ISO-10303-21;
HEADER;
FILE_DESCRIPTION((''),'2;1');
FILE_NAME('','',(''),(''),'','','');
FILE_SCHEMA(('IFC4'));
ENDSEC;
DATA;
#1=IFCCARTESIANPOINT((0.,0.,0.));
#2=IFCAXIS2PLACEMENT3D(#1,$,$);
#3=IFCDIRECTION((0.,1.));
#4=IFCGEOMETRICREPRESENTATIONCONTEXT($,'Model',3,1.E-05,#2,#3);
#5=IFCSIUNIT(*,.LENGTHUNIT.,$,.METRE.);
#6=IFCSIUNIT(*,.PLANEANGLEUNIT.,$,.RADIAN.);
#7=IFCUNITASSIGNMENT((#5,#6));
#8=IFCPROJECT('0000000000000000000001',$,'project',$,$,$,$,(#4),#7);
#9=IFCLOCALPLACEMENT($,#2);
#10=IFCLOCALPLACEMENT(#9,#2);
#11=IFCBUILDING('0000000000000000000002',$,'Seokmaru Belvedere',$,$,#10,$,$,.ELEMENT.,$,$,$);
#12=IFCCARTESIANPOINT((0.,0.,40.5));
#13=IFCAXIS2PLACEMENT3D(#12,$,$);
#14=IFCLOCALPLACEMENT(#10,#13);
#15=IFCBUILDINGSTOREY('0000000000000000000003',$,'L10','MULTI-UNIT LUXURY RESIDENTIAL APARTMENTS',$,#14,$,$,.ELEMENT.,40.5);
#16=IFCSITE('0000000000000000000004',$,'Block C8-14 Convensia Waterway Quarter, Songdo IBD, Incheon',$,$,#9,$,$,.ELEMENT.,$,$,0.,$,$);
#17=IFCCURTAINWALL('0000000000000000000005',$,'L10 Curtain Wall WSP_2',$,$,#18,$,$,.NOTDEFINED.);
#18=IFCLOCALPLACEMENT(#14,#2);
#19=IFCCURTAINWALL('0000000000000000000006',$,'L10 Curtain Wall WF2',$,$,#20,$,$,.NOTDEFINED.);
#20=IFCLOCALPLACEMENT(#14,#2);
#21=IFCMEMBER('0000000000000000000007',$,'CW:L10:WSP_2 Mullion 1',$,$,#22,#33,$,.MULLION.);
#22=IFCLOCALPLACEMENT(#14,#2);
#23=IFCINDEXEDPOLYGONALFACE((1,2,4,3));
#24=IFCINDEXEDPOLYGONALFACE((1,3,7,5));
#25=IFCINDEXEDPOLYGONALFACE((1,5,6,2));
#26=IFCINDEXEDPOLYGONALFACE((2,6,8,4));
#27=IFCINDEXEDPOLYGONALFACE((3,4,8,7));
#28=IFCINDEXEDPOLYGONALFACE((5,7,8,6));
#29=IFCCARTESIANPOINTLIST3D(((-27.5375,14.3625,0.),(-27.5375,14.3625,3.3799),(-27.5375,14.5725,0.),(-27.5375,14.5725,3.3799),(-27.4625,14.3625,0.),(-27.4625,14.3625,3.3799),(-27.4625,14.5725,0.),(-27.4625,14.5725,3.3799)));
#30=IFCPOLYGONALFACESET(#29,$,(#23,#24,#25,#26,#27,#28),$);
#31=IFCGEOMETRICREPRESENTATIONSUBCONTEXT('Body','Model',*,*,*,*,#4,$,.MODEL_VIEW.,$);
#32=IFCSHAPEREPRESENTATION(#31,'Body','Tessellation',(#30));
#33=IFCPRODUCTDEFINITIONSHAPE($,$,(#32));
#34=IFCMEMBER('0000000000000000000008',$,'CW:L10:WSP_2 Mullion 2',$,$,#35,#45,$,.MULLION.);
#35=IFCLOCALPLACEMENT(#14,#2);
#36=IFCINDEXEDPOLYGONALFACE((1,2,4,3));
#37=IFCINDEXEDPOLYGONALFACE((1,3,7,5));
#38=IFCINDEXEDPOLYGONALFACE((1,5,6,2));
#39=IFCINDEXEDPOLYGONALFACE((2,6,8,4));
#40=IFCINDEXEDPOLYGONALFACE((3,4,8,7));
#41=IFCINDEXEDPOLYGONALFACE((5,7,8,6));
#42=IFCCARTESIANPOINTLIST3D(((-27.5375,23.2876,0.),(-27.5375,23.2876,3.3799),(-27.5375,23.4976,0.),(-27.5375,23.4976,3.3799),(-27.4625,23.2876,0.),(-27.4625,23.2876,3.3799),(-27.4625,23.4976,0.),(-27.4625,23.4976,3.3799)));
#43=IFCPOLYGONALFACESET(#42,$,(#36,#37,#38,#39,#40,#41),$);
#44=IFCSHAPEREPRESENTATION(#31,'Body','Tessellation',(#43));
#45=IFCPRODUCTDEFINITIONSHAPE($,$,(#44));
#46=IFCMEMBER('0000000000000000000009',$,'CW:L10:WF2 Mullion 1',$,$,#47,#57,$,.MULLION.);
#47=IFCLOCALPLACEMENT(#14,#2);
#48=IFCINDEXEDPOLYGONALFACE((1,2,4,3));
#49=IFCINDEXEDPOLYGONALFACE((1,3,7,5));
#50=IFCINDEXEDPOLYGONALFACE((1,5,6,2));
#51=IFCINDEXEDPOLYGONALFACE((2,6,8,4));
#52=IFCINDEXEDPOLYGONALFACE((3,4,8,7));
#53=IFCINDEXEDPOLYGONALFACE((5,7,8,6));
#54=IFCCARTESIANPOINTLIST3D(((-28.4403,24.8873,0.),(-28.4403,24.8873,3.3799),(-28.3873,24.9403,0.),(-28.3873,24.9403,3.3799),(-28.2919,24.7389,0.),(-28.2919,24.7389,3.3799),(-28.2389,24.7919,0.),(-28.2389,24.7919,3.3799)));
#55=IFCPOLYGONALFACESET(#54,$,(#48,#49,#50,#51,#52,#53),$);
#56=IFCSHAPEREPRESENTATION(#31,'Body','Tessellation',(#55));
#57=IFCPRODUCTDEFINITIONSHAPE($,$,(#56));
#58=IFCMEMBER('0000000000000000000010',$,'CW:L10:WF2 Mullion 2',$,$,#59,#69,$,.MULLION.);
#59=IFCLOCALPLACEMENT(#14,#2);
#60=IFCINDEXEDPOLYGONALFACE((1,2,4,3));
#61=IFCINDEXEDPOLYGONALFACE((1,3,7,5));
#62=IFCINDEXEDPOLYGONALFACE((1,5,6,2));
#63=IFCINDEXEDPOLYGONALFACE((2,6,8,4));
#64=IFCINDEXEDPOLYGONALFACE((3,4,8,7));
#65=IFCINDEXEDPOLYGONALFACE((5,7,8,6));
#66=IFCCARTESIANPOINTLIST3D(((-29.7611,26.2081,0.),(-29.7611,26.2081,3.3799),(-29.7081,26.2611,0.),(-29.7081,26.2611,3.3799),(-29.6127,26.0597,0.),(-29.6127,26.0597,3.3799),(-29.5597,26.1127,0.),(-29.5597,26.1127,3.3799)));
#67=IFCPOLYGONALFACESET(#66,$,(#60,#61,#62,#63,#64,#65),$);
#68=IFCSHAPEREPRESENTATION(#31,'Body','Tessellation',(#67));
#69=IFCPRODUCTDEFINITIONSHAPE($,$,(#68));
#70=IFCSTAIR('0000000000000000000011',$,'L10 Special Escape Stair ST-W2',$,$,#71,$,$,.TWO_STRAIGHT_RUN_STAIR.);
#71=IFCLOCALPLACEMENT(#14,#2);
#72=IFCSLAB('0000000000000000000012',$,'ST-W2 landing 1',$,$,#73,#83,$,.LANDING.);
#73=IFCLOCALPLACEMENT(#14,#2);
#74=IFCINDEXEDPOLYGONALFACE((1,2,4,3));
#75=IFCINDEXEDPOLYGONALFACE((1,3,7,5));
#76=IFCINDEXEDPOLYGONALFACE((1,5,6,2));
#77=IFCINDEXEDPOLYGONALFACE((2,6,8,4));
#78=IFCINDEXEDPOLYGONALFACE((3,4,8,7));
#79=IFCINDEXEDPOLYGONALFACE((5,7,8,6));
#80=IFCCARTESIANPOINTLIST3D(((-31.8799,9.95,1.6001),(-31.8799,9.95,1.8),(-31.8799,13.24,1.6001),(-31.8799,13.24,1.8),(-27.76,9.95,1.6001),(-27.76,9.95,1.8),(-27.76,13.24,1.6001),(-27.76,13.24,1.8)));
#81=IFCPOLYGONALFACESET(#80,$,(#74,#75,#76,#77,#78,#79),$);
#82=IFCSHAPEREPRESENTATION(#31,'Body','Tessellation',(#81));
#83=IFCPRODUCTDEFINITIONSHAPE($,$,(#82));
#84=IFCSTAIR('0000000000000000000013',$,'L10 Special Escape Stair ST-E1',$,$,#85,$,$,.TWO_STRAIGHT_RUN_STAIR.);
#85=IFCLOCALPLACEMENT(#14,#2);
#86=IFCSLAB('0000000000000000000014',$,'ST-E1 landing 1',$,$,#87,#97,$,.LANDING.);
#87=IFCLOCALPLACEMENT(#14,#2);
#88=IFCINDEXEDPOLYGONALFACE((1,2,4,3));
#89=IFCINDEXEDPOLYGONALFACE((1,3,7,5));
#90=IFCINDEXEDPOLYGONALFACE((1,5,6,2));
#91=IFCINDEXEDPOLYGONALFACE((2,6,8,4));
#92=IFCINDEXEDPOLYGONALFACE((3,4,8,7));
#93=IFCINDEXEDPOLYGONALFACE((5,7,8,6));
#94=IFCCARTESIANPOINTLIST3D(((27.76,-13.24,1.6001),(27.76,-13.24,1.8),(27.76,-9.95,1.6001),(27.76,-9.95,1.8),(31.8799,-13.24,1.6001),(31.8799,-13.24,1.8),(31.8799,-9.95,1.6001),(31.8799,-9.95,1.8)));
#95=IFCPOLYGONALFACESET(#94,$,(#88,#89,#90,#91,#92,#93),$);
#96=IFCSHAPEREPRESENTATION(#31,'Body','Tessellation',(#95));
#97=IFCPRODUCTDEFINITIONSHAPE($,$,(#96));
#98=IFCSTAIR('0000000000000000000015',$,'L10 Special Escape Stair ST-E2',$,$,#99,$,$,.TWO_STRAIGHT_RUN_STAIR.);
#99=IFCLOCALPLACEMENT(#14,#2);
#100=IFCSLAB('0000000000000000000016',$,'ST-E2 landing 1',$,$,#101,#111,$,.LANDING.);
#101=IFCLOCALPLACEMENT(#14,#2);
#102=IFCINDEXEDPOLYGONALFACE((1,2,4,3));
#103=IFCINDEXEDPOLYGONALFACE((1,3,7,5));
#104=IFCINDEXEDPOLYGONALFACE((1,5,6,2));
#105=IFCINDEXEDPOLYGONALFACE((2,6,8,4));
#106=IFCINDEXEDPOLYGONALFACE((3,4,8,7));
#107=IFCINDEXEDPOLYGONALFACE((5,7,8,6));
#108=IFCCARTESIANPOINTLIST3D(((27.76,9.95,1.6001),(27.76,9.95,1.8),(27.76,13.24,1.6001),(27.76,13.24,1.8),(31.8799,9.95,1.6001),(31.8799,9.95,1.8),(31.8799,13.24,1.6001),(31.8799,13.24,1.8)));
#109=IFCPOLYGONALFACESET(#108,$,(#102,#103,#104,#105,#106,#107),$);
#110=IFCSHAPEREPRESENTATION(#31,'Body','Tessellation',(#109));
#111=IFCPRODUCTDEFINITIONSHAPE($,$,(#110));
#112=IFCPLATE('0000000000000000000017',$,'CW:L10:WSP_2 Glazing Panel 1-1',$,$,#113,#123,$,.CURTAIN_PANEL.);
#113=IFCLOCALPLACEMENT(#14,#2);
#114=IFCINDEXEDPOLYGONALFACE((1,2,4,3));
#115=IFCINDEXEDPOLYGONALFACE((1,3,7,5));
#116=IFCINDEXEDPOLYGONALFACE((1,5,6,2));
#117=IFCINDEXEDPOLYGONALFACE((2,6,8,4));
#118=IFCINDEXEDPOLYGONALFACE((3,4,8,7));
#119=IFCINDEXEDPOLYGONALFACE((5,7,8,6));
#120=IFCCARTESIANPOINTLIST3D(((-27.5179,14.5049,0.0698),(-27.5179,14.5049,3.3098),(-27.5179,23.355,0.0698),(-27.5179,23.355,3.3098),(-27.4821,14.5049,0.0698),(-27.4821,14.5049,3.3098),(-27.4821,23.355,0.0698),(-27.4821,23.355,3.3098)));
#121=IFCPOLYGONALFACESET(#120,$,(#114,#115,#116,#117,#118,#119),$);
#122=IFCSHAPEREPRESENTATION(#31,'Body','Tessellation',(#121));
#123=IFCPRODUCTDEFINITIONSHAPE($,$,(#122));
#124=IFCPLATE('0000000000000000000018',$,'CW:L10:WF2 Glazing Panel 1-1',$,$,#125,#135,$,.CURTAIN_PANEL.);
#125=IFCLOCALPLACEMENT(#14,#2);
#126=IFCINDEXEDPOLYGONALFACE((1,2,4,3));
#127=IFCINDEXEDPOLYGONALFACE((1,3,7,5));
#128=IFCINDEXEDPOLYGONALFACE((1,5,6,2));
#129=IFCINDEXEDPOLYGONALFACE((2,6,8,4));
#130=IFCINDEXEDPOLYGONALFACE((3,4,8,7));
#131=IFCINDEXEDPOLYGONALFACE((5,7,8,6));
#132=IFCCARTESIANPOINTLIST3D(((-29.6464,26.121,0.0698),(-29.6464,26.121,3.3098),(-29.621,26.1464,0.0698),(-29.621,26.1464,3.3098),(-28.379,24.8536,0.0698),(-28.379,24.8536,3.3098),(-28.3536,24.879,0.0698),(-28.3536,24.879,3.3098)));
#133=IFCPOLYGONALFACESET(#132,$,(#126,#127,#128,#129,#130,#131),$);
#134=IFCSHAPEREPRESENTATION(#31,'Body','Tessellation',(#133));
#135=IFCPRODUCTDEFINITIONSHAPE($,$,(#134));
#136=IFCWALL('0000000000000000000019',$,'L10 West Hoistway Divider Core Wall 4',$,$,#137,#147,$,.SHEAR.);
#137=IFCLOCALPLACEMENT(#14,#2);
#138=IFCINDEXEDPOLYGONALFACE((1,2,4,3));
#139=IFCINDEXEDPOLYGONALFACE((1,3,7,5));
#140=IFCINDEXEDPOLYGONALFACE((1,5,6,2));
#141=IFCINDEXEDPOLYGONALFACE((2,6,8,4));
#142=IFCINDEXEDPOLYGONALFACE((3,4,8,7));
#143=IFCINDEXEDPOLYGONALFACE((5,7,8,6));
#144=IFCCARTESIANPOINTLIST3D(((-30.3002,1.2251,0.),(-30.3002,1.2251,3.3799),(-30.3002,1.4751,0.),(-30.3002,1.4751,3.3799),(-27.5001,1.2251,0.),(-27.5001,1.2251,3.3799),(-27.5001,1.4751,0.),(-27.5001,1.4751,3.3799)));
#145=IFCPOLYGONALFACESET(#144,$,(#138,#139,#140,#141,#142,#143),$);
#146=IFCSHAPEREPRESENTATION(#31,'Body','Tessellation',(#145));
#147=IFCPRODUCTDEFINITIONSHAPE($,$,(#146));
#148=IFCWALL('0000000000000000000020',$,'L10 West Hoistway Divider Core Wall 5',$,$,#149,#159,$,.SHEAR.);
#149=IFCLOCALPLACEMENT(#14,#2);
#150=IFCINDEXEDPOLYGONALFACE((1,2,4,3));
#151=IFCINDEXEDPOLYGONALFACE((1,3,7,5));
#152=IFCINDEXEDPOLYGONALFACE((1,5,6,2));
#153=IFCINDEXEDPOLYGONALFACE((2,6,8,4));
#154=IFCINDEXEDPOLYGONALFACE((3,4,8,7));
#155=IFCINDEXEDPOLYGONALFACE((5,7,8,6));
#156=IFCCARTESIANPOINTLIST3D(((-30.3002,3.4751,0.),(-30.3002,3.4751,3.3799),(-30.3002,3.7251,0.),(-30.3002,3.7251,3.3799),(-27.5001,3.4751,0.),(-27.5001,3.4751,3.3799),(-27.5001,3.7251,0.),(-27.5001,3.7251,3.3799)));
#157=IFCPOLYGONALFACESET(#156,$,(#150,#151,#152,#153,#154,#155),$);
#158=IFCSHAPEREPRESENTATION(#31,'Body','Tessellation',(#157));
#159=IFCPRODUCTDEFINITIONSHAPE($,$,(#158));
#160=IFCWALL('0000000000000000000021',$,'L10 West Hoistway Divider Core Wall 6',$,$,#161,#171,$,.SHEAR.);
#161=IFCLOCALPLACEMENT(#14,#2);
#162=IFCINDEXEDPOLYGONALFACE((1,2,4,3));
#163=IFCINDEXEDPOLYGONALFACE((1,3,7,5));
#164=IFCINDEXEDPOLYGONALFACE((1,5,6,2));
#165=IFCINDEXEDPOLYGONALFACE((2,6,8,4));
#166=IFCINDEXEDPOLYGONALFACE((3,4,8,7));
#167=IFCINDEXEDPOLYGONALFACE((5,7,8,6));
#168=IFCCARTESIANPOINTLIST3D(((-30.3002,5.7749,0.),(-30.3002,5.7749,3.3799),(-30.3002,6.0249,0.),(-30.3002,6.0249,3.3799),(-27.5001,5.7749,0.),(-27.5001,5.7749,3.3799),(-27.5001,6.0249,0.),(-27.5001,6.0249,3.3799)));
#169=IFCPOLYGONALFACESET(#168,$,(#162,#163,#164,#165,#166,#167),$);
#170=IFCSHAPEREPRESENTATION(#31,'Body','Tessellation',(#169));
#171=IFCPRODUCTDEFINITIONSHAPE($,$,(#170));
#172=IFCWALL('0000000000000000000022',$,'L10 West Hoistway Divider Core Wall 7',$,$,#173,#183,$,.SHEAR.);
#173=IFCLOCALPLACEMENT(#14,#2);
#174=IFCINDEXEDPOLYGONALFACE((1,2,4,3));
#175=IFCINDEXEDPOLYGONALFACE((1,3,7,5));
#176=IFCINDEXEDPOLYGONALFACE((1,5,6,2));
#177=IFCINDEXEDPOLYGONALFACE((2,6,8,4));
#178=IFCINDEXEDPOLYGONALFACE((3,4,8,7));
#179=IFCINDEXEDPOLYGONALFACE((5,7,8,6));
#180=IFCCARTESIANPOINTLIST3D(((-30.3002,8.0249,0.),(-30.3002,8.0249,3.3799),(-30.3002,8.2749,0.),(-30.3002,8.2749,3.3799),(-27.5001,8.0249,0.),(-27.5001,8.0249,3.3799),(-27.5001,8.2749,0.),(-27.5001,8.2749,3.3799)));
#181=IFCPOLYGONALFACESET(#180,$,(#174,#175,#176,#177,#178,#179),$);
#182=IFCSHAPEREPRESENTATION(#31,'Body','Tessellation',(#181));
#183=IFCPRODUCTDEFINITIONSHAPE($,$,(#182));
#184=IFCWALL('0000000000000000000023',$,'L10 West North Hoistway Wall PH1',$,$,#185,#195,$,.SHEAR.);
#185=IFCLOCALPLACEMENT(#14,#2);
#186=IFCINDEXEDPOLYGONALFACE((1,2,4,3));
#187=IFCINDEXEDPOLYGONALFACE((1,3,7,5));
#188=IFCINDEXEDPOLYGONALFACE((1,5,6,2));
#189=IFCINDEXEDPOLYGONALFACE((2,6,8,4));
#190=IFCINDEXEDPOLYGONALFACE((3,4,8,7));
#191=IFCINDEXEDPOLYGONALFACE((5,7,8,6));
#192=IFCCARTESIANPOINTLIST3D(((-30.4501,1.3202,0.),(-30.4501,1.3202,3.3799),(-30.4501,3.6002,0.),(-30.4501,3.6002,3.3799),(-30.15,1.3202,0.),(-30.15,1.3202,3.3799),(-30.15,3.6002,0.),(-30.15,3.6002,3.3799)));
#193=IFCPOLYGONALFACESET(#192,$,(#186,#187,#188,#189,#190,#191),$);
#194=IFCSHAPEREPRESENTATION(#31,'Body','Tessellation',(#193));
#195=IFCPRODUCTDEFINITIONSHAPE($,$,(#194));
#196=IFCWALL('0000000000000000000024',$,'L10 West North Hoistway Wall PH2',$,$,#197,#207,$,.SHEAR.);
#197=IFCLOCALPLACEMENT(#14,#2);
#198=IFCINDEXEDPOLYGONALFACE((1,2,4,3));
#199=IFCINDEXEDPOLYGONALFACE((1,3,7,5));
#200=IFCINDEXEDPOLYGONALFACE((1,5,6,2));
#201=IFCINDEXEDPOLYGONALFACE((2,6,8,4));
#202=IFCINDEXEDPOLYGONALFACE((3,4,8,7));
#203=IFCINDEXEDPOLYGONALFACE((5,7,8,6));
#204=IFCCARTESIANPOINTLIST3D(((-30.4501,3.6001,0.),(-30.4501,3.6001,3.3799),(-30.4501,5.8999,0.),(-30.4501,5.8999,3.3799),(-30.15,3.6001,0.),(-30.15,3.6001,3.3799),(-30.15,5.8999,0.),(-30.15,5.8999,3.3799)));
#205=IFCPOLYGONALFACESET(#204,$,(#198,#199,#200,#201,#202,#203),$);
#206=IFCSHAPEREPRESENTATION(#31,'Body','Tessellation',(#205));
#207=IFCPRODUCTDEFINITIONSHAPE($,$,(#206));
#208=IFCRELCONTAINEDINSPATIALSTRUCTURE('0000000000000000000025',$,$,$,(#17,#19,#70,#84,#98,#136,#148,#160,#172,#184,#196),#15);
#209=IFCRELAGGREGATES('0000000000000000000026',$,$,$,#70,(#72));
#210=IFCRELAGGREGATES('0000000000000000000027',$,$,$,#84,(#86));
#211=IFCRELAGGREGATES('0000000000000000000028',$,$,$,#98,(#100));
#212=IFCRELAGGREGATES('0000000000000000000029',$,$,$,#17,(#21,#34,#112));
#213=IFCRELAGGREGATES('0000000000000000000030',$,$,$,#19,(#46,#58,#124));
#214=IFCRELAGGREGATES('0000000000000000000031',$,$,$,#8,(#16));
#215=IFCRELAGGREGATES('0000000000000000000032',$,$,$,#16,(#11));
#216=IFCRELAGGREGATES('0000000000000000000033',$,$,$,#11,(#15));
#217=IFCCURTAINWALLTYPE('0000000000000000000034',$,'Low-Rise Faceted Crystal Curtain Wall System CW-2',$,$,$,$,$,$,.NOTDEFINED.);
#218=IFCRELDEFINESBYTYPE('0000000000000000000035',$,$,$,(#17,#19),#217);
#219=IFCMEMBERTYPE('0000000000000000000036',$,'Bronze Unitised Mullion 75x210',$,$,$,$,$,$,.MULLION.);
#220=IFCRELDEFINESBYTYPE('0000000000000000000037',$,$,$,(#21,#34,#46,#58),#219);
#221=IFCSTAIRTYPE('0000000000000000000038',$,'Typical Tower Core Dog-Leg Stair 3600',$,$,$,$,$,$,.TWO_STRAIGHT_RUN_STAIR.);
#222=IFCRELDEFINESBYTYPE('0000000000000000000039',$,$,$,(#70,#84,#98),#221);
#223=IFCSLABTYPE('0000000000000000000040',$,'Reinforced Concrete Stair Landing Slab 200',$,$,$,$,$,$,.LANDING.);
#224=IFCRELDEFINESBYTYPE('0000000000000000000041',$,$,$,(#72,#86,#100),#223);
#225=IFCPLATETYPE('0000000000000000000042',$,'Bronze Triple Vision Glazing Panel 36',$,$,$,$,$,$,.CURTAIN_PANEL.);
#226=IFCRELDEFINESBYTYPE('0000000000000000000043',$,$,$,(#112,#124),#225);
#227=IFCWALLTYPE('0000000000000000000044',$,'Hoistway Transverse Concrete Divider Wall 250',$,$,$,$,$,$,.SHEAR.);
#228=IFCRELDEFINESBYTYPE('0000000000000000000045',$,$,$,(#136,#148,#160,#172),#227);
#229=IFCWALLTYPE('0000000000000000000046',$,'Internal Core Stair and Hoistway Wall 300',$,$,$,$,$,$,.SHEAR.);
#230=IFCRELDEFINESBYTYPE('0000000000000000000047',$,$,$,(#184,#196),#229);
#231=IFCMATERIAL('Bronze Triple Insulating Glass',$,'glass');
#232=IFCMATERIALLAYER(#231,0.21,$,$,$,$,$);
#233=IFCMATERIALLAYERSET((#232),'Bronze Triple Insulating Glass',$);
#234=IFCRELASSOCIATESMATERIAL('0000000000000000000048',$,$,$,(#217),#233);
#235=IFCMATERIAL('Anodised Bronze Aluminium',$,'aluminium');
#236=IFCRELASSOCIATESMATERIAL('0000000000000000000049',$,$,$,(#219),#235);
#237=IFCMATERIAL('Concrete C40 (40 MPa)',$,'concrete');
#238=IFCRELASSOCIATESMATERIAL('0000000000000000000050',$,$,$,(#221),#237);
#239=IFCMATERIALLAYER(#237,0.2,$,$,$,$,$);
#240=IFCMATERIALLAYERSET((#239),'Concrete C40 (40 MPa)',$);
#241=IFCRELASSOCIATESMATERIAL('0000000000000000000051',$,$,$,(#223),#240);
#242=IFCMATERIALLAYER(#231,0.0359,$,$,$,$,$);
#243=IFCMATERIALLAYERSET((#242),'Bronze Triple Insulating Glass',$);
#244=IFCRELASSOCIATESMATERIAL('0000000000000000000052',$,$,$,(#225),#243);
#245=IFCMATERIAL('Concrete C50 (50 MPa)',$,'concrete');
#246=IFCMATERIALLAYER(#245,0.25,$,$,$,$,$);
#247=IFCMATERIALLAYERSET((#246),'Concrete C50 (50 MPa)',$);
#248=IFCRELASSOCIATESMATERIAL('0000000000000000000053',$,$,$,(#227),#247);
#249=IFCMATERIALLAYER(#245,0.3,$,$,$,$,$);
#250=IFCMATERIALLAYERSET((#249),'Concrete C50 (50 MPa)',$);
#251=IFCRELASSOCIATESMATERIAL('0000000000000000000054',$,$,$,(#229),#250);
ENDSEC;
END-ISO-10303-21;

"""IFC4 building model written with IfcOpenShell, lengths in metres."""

from ifc_helpers import new_model, si_unit, direction, frame, frame_2d, origin, origin_2d, place, context, subcontext, project, spatial, polyline, rectangle, outline, extrude, source, transform, mapped, material, layer, layer_set, material_profile, profile_set, type_object, type_shapes, element, aggregate, save


model = new_model("IFC4")

# Units and contexts
model_context = context("Model", 3, precision=1e-05, world=origin(), true_north=direction((0.0, 1.0)))
body_context = subcontext(model_context, "Body", "Model", "MODEL_VIEW")
ifc_project = project(units=[si_unit("LENGTHUNIT", "METRE"), si_unit("PLANEANGLEUNIT", "RADIAN")], contexts=[model_context])

# Site, building, storey
site_placement = place(None, origin())
site = spatial("IfcSite", under=ifc_project, at=site_placement, Name="Block C8-14 Convensia Waterway Quarter, Songdo IBD, Incheon", CompositionType="ELEMENT", RefElevation=0.0)
building_placement = place(site_placement, origin())
building = spatial("IfcBuilding", under=site, at=building_placement, Name="Seokmaru Belvedere", CompositionType="ELEMENT")
storey_placement = place(building_placement, frame((0.0, 0.0, 40.5)))
storey = spatial("IfcBuildingStorey", under=building, at=storey_placement, Name="L10", Description="MULTI-UNIT LUXURY RESIDENTIAL APARTMENTS", CompositionType="ELEMENT", Elevation=40.5)

# Curtain walls
ifc_material_1 = material(Name="Bronze Triple Insulating Glass", Category="glass")
ifc_layer_1 = layer(ifc_material_1, 0.21)
ifc_layer_set_1 = layer_set([ifc_layer_1], Name="Bronze Triple Insulating Glass")
curtain_wall_type = type_object("IfcCurtainWallType", Name="Low-Rise Faceted Crystal Curtain Wall System CW-2", PredefinedType="NOTDEFINED", material=ifc_layer_set_1)
curtain_wall_1_placement = place(storey_placement, origin())
curtain_wall_1 = element("IfcCurtainWall", 1, at=curtain_wall_1_placement, inside=storey, type_object=curtain_wall_type, Name="L10 Curtain Wall WSP_2", PredefinedType="NOTDEFINED")
ifc_material_2 = material(Name="Anodised Bronze Aluminium", Category="aluminium")
curtain_wall_2_placement = place(storey_placement, origin())
curtain_wall_2 = element("IfcCurtainWall", 2, at=curtain_wall_2_placement, inside=storey, type_object=curtain_wall_type, Name="L10 Curtain Wall WF2", PredefinedType="NOTDEFINED")

# Members
ifc_material_profile_1 = material_profile(ifc_material_2, rectangle(XDim=0.075, YDim=0.21, at=origin_2d()), Name="CW-M-75x210")
ifc_profile_set_1 = profile_set([ifc_material_profile_1], Name="Anodised Bronze Aluminium")
member_type_1 = type_object("IfcMemberType", Name="Bronze Unitised Mullion 75x210", PredefinedType="MULLION", material=ifc_profile_set_1)
shared_shape_1 = source(origin(), body_context, "Body", "SweptSolid", [
    extrude(rectangle(XDim=0.075, YDim=0.21, at=origin_2d()), origin(), (0.0, 0.0, 1.0), 3.3799),
])
type_shapes(member_type_1, [shared_shape_1])
member_1_placement = place(storey_placement, frame((-27.5, 14.4675, 0.0), z_axis=(0.0, 0.0, 1.0), x_axis=(-1.0, 0.0, 0.0)))
member_1 = element("IfcMember", 3, at=member_1_placement, type_object=member_type_1, Name="CW:L10:WSP_2 Mullion 1", PredefinedType="MULLION", context=body_context, shape_type="MappedRepresentation", body=[
    mapped(shared_shape_1, transform((0.0, 0.0, 0.0), scale=1.0)),
])
member_2_placement = place(storey_placement, frame((-27.5, 23.3926, 0.0), z_axis=(0.0, 0.0, 1.0), x_axis=(-1.0, 0.0, 0.0)))
member_2 = element("IfcMember", 4, at=member_2_placement, type_object=member_type_1, Name="CW:L10:WSP_2 Mullion 2", PredefinedType="MULLION", context=body_context, shape_type="MappedRepresentation", body=[
    mapped(shared_shape_1, transform((0.0, 0.0, 0.0), scale=1.0)),
])
member_3_placement = place(storey_placement, frame((-28.3396, 24.8396, 0.0), z_axis=(0.0, 0.0, 1.0), x_axis=(-0.707107, -0.707107, 0.0)))
member_3 = element("IfcMember", 5, at=member_3_placement, type_object=member_type_1, Name="CW:L10:WF2 Mullion 1", PredefinedType="MULLION", context=body_context, shape_type="MappedRepresentation", body=[
    mapped(shared_shape_1, transform((0.0, 0.0, 0.0), scale=1.0)),
])
member_4_placement = place(storey_placement, frame((-29.6604, 26.1604, 0.0), z_axis=(0.0, 0.0, 1.0), x_axis=(-0.707107, -0.707107, 0.0)))
member_4 = element("IfcMember", 6, at=member_4_placement, type_object=member_type_1, Name="CW:L10:WF2 Mullion 2", PredefinedType="MULLION", context=body_context, shape_type="MappedRepresentation", body=[
    mapped(shared_shape_1, transform((0.0, 0.0, 0.0), scale=1.0)),
])

# Stairs, slabs
ifc_material_3 = material(Name="Concrete C40 (40 MPa)", Category="concrete")
stair_type = type_object("IfcStairType", Name="Typical Tower Core Dog-Leg Stair 3600", PredefinedType="TWO_STRAIGHT_RUN_STAIR", material=ifc_material_3)
stair_1_placement = place(storey_placement, origin())
stair_1 = element("IfcStair", 7, at=stair_1_placement, inside=storey, type_object=stair_type, Name="L10 Special Escape Stair ST-W2", PredefinedType="TWO_STRAIGHT_RUN_STAIR")
ifc_layer_2 = layer(ifc_material_3, 0.2)
ifc_layer_set_2 = layer_set([ifc_layer_2], Name="Concrete C40 (40 MPa)")
slab_type = type_object("IfcSlabType", Name="Reinforced Concrete Stair Landing Slab 200", PredefinedType="LANDING", material=ifc_layer_set_2)
slab_1_placement = place(storey_placement, frame((0.0, 0.0, 1.6001)))
slab_1 = element("IfcSlab", 8, at=slab_1_placement, type_object=slab_type, Name="ST-W2 landing 1", PredefinedType="LANDING", context=body_context, shape_type="SweptSolid", body=[
    extrude(outline(polyline([(-31.8799, 9.95), (-27.76, 9.95), (-27.76, 13.24), (-31.8799, 13.24), (-31.8799, 9.95)])), origin(), (0.0, 0.0, 1.0), 0.2),
])
aggregate(stair_1, [slab_1])
stair_2_placement = place(storey_placement, origin())
stair_2 = element("IfcStair", 9, at=stair_2_placement, inside=storey, type_object=stair_type, Name="L10 Special Escape Stair ST-E1", PredefinedType="TWO_STRAIGHT_RUN_STAIR")
slab_2_placement = place(storey_placement, frame((0.0, 0.0, 1.6001)))
slab_2 = element("IfcSlab", 10, at=slab_2_placement, type_object=slab_type, Name="ST-E1 landing 1", PredefinedType="LANDING", context=body_context, shape_type="SweptSolid", body=[
    extrude(outline(polyline([(27.76, -13.24), (31.8799, -13.24), (31.8799, -9.95), (27.76, -9.95), (27.76, -13.24)])), origin(), (0.0, 0.0, 1.0), 0.2),
])
aggregate(stair_2, [slab_2])
stair_3_placement = place(storey_placement, origin())
stair_3 = element("IfcStair", 11, at=stair_3_placement, inside=storey, type_object=stair_type, Name="L10 Special Escape Stair ST-E2", PredefinedType="TWO_STRAIGHT_RUN_STAIR")
slab_3_placement = place(storey_placement, frame((0.0, 0.0, 1.6001)))
slab_3 = element("IfcSlab", 12, at=slab_3_placement, type_object=slab_type, Name="ST-E2 landing 1", PredefinedType="LANDING", context=body_context, shape_type="SweptSolid", body=[
    extrude(outline(polyline([(27.76, 9.95), (31.8799, 9.95), (31.8799, 13.24), (27.76, 13.24), (27.76, 9.95)])), origin(), (0.0, 0.0, 1.0), 0.2),
])
aggregate(stair_3, [slab_3])

# Plates
ifc_layer_3 = layer(ifc_material_1, 0.0359)
ifc_layer_set_3 = layer_set([ifc_layer_3], Name="Bronze Triple Insulating Glass")
plate_type = type_object("IfcPlateType", Name="Bronze Triple Vision Glazing Panel 36", PredefinedType="CURTAIN_PANEL", material=ifc_layer_set_3)
shared_shape_2 = source(origin(), body_context, "Body", "SweptSolid", [
    extrude(rectangle(XDim=8.8501, YDim=0.0359, at=origin_2d()), origin(), (0.0, 0.0, 1.0), 3.24),
])
plate_1_placement = place(storey_placement, frame((-27.5, 18.9299, 0.0698), z_axis=(0.0, 0.0, 1.0), x_axis=(0.0, 1.0, 0.0)))
plate_1 = element("IfcPlate", 13, at=plate_1_placement, type_object=plate_type, Name="CW:L10:WSP_2 Glazing Panel 1-1", PredefinedType="CURTAIN_PANEL", context=body_context, shape_type="MappedRepresentation", body=[
    mapped(shared_shape_2, transform((0.0, 0.0, 0.0), scale=1.0)),
])
aggregate(curtain_wall_1, [member_1, member_2, plate_1])
shared_shape_3 = source(origin(), body_context, "Body", "SweptSolid", [
    extrude(rectangle(XDim=1.7925, YDim=0.0359, at=origin_2d()), origin(), (0.0, 0.0, 1.0), 3.24),
])
type_shapes(plate_type, [shared_shape_2, shared_shape_3])
plate_2_placement = place(storey_placement, frame((-29.0, 25.5, 0.0698), z_axis=(0.0, 0.0, 1.0), x_axis=(-0.707107, 0.707107, 0.0)))
plate_2 = element("IfcPlate", 14, at=plate_2_placement, type_object=plate_type, Name="CW:L10:WF2 Glazing Panel 1-1", PredefinedType="CURTAIN_PANEL", context=body_context, shape_type="MappedRepresentation", body=[
    mapped(shared_shape_3, transform((0.0, 0.0, 0.0), scale=1.0)),
])
aggregate(curtain_wall_2, [member_3, member_4, plate_2])

# Walls
ifc_material_4 = material(Name="Concrete C50 (50 MPa)", Category="concrete")
ifc_layer_4 = layer(ifc_material_4, 0.25)
ifc_layer_set_4 = layer_set([ifc_layer_4], Name="Concrete C50 (50 MPa)")
wall_type_1 = type_object("IfcWallType", Name="Hoistway Transverse Concrete Divider Wall 250", PredefinedType="SHEAR", material=ifc_layer_set_4)
for number, where, z_axis, x_axis, name in (
    (15, (-30.3, 1.3501, 0.0), (0.0, 0.0, 1.0), (1.0, 0.0, 0.0), "L10 West Hoistway Divider Core Wall 4"),
    (16, (-30.3, 3.6001, 0.0), (0.0, 0.0, 1.0), (1.0, 0.0, 0.0), "L10 West Hoistway Divider Core Wall 5"),
    (17, (-30.3, 5.8999, 0.0), (0.0, 0.0, 1.0), (1.0, 0.0, 0.0), "L10 West Hoistway Divider Core Wall 6"),
    (18, (-30.3, 8.1499, 0.0), (0.0, 0.0, 1.0), (1.0, 0.0, 0.0), "L10 West Hoistway Divider Core Wall 7"),
):
    element("IfcWall", number, at=place(storey_placement, frame(where, z_axis=z_axis, x_axis=x_axis)), inside=storey, type_object=wall_type_1, Name=name, PredefinedType="SHEAR", context=body_context, shape_type="SweptSolid", body=[
        extrude(rectangle(XDim=2.8, YDim=0.25, at=frame_2d((1.3999, 0.0))), origin(), (0.0, 0.0, 1.0), 3.3799),
    ])
ifc_layer_5 = layer(ifc_material_4, 0.3)
ifc_layer_set_5 = layer_set([ifc_layer_5], Name="Concrete C50 (50 MPa)")
wall_type_2 = type_object("IfcWallType", Name="Internal Core Stair and Hoistway Wall 300", PredefinedType="SHEAR", material=ifc_layer_set_5)
wall_1_placement = place(storey_placement, frame((-30.3, 1.3201, 0.0), z_axis=(0.0, 0.0, 1.0), x_axis=(0.0, 1.0, 0.0)))
element("IfcWall", 19, at=wall_1_placement, inside=storey, type_object=wall_type_2, Name="L10 West North Hoistway Wall PH1", PredefinedType="SHEAR", context=body_context, shape_type="SweptSolid", body=[
    extrude(rectangle(XDim=2.28, YDim=0.3, at=frame_2d((1.1401, 0.0))), origin(), (0.0, 0.0, 1.0), 3.3799),
])
wall_2_placement = place(storey_placement, frame((-30.3, 3.6001, 0.0), z_axis=(0.0, 0.0, 1.0), x_axis=(0.0, 1.0, 0.0)))
element("IfcWall", 20, at=wall_2_placement, inside=storey, type_object=wall_type_2, Name="L10 West North Hoistway Wall PH2", PredefinedType="SHEAR", context=body_context, shape_type="SweptSolid", body=[
    extrude(rectangle(XDim=2.2998, YDim=0.3, at=frame_2d((1.1499, 0.0))), origin(), (0.0, 0.0, 1.0), 3.3799),
])

save(model, "model.ifc")
